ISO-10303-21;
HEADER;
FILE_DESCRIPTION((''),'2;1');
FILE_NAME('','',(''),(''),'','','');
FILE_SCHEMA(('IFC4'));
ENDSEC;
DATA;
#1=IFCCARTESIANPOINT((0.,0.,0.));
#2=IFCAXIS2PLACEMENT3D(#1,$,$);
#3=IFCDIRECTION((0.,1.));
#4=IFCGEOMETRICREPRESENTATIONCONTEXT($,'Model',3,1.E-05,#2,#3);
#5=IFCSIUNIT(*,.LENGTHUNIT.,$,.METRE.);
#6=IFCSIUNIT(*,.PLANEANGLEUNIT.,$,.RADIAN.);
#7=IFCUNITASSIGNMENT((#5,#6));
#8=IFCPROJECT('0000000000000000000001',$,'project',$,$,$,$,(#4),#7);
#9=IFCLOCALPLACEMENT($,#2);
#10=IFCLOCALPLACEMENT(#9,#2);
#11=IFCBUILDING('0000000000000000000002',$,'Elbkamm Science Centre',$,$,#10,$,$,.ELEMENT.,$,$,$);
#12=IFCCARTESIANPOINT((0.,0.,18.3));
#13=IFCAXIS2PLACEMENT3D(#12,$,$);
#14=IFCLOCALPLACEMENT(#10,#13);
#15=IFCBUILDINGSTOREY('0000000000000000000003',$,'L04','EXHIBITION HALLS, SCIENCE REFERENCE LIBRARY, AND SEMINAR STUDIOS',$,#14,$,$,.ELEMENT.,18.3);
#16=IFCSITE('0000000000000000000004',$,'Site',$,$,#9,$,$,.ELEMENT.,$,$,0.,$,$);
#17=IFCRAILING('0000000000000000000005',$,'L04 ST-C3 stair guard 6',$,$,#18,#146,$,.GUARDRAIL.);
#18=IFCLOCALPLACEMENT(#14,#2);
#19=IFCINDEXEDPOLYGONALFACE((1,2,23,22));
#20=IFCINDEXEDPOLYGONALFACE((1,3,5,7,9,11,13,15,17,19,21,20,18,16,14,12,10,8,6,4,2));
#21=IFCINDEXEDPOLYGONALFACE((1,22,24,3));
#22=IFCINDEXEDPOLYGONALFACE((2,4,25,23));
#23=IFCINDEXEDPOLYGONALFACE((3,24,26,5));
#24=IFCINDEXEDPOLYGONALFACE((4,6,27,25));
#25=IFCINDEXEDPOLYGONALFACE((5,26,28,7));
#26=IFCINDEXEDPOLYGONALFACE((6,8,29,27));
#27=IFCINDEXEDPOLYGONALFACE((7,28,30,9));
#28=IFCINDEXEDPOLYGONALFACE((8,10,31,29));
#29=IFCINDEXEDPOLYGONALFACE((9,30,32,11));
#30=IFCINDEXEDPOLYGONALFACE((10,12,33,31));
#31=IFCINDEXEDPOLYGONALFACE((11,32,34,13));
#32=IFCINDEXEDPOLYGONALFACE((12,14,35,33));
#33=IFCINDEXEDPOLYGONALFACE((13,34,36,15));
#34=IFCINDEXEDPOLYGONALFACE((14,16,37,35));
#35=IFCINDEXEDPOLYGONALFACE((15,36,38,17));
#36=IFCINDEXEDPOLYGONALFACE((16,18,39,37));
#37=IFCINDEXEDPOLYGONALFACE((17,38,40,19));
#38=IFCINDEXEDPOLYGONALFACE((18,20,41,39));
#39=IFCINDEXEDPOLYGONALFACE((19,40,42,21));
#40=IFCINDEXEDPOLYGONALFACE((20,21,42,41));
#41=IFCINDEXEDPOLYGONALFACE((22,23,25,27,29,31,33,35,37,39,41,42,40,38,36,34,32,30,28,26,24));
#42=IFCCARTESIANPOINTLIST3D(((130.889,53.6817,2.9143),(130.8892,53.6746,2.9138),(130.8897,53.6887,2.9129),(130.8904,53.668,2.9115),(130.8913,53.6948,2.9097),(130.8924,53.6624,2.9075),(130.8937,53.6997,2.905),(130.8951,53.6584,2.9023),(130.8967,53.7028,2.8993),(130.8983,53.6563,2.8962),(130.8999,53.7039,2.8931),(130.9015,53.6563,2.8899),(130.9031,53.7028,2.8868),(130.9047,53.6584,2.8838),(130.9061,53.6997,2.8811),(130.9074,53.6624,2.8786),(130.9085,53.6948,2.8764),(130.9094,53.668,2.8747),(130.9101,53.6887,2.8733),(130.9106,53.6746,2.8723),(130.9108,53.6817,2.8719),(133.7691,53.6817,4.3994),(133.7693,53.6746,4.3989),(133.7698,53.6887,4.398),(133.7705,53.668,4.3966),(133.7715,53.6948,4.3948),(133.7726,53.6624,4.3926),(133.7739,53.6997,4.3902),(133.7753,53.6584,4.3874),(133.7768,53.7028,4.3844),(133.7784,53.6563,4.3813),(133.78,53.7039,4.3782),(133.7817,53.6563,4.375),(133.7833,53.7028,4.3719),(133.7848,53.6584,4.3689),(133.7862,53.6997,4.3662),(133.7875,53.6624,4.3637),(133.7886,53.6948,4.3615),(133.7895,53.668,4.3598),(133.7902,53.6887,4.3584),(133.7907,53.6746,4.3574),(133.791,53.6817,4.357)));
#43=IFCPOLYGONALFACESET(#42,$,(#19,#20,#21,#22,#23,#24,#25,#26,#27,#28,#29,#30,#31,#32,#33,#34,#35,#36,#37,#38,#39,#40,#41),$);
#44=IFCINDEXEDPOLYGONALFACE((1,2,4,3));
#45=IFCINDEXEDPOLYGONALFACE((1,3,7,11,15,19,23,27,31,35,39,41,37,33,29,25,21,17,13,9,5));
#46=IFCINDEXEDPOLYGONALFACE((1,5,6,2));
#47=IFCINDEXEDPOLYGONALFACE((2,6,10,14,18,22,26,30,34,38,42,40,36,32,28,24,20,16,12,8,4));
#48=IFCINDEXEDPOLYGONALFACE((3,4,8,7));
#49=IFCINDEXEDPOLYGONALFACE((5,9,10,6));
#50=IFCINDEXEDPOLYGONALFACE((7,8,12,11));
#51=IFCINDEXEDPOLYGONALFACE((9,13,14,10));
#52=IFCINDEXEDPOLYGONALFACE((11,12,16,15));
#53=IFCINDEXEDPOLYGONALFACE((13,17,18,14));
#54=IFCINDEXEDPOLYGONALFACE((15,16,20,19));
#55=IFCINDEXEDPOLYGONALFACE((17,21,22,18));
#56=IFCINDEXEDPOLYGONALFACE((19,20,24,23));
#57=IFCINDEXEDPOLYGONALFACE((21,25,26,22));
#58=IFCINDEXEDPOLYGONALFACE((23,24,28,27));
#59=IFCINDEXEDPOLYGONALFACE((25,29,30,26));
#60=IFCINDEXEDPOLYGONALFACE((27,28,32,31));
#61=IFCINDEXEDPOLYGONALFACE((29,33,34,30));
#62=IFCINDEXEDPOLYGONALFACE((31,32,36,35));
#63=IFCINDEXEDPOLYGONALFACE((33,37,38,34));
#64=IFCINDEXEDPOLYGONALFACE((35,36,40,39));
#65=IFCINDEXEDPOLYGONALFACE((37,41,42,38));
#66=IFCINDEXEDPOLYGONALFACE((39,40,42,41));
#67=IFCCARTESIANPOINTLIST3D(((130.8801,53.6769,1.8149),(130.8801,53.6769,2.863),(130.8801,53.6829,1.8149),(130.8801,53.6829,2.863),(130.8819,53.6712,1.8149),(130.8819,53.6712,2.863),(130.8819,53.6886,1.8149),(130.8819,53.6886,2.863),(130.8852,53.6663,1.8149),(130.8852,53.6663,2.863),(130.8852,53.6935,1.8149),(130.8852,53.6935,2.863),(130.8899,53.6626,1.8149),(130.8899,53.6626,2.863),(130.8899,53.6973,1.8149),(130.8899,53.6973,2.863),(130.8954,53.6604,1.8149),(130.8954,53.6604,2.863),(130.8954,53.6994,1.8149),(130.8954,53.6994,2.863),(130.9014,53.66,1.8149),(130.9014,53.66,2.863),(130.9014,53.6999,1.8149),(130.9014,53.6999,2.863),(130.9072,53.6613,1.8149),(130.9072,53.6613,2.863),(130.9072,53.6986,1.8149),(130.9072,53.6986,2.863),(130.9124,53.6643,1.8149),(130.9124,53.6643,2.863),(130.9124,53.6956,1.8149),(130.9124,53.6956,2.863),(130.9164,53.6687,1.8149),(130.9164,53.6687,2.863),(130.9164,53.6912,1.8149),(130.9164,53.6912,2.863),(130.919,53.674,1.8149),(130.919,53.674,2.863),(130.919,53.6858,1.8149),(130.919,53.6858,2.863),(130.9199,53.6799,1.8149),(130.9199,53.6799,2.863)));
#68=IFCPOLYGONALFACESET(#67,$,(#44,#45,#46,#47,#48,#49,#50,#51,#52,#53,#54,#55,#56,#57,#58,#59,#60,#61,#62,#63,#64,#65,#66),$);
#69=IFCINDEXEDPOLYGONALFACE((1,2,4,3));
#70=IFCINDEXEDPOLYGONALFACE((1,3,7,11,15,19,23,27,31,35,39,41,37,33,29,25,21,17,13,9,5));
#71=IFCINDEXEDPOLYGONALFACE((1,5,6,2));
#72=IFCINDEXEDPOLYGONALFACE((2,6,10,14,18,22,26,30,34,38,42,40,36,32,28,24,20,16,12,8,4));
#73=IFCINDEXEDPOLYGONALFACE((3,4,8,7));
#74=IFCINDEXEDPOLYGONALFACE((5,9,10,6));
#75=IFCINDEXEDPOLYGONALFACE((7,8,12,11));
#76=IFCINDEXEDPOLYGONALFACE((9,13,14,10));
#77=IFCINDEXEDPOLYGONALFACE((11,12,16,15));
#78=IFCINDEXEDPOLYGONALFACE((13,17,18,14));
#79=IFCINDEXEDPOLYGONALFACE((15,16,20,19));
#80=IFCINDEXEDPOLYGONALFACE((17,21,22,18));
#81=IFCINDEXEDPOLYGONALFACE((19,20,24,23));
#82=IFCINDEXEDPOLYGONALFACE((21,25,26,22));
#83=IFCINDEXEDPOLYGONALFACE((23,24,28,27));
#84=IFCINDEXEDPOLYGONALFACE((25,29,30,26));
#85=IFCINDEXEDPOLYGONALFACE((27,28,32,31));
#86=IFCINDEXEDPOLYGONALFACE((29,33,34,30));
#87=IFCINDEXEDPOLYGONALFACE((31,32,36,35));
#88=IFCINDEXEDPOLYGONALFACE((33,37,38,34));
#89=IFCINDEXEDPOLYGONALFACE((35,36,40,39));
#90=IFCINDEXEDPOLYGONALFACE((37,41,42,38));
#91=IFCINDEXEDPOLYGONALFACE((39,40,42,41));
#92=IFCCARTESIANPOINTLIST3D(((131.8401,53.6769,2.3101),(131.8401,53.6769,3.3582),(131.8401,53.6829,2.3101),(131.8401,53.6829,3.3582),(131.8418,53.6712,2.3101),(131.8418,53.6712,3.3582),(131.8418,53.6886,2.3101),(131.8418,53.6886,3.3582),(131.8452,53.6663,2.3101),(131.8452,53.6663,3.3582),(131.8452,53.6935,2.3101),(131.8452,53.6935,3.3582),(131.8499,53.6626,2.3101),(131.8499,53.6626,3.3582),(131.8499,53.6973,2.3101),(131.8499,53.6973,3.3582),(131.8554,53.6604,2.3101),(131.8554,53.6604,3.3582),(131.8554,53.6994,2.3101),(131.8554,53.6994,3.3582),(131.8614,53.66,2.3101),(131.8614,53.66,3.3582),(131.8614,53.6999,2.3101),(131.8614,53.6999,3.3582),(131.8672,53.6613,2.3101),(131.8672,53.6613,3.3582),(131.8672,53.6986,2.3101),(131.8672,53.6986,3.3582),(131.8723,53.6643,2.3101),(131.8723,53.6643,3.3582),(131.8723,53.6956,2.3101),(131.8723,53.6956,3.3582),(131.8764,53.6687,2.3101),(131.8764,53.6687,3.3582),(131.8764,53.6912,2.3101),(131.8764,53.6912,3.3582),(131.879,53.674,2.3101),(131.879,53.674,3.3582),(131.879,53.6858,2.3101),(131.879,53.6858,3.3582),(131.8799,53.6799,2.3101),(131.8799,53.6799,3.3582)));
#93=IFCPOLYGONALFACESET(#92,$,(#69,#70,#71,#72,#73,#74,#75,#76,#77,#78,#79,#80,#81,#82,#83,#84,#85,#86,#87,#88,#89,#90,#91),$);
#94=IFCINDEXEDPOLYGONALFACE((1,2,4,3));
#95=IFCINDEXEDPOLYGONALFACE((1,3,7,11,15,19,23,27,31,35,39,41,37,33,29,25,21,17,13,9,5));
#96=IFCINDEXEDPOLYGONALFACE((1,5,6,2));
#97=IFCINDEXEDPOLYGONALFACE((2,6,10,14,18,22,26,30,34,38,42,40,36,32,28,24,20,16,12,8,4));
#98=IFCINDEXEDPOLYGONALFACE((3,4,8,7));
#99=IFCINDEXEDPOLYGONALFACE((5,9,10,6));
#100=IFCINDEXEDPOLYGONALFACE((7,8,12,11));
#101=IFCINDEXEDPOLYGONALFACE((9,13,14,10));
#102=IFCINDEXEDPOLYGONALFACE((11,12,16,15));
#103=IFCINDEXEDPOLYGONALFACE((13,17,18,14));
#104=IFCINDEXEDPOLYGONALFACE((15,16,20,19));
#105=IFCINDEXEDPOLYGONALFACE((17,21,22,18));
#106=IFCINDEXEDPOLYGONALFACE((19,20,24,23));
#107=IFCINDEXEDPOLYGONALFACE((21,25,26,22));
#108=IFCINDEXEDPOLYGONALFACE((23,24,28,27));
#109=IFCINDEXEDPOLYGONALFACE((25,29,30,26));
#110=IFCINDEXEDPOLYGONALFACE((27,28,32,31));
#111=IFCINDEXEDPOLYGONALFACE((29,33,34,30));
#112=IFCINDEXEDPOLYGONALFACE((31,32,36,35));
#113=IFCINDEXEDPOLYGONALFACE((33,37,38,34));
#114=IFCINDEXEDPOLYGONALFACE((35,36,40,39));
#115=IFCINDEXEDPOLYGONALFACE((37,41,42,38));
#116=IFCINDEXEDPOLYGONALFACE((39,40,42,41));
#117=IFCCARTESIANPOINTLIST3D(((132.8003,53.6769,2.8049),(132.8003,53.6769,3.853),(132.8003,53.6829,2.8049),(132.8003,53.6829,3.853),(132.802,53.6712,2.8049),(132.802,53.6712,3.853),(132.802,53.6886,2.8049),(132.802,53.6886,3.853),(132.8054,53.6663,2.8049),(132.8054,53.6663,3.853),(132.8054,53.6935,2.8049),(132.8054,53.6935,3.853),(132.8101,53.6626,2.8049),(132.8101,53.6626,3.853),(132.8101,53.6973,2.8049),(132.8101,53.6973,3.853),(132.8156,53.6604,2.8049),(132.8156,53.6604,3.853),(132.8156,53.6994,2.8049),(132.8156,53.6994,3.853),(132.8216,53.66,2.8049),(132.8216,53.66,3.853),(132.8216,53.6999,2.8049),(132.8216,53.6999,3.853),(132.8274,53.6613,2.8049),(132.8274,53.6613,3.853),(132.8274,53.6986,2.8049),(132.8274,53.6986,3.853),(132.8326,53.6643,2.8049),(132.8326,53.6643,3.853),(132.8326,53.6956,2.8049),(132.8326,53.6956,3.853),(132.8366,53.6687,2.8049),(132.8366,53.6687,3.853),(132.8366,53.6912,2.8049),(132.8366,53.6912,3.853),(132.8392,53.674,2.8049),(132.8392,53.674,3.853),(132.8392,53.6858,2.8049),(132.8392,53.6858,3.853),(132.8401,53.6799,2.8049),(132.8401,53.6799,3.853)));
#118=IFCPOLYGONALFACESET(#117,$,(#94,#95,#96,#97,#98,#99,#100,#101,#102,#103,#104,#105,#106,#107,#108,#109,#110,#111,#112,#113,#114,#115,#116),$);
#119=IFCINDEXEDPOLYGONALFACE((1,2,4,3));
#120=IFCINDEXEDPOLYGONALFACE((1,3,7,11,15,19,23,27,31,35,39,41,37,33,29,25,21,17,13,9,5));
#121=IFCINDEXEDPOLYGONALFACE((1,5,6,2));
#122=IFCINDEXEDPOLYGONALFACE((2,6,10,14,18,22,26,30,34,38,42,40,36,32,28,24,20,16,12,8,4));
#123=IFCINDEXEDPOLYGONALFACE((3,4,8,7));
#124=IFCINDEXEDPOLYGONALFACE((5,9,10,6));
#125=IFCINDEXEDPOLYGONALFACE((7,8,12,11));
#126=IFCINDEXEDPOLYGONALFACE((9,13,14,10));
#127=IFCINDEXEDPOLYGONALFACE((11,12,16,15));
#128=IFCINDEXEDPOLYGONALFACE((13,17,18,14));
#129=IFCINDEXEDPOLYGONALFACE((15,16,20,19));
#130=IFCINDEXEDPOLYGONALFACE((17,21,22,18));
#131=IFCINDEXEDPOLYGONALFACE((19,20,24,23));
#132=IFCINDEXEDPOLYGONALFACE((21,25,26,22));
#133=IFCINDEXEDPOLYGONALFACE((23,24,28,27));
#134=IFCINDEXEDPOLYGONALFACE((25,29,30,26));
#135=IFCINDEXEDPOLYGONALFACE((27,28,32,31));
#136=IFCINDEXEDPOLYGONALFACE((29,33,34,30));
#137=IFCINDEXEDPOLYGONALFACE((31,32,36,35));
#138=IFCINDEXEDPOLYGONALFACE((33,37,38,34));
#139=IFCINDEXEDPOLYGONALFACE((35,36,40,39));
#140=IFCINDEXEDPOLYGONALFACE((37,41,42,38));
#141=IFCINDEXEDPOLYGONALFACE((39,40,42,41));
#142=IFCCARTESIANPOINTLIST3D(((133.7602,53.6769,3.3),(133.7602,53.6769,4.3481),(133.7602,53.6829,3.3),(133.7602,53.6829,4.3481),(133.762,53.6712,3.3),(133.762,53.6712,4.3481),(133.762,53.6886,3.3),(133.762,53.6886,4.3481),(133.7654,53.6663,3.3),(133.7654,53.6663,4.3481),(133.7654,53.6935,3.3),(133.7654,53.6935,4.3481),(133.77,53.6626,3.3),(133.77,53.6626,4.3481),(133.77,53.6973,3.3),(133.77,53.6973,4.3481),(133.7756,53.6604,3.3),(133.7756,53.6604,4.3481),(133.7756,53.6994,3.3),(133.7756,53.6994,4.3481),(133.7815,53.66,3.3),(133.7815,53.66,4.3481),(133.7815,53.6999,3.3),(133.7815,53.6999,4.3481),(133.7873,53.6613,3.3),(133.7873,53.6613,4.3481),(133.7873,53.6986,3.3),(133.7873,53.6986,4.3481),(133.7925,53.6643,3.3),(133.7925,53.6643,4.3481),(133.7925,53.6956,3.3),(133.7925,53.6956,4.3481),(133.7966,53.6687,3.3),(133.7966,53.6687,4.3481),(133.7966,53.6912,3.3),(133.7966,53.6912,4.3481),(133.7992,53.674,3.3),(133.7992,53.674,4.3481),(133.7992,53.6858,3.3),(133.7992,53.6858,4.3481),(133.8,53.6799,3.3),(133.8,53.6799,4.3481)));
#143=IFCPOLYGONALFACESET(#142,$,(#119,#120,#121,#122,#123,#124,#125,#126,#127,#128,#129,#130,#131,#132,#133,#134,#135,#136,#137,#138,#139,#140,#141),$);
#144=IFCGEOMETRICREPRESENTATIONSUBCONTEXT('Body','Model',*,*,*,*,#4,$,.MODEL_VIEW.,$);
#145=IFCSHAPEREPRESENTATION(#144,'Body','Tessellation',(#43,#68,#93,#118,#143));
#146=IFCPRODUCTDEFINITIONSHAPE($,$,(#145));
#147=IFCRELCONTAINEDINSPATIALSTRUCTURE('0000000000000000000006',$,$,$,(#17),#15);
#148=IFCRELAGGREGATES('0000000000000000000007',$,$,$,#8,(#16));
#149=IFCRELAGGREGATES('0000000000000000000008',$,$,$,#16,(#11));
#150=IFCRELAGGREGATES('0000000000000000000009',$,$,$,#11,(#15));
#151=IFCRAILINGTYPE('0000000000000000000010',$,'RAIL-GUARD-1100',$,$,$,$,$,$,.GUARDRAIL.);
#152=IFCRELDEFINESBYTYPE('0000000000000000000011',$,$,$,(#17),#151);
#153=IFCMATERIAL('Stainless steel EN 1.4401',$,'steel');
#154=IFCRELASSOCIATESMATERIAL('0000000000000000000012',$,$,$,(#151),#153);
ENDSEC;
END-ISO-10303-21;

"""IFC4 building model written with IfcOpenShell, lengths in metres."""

from ifc_helpers import new_model, si_unit, direction, frame, origin, origin_2d, place, context, subcontext, project, spatial, circle, extrude, material, type_object, element, save


model = new_model("IFC4")

# Units and contexts
model_context = context("Model", 3, precision=1e-05, world=origin(), true_north=direction((0.0, 1.0)))
body_context = subcontext(model_context, "Body", "Model", "MODEL_VIEW")
ifc_project = project(units=[si_unit("LENGTHUNIT", "METRE"), si_unit("PLANEANGLEUNIT", "RADIAN")], contexts=[model_context])

# Site, building, storey
site_placement = place(None, origin())
site = spatial("IfcSite", under=ifc_project, at=site_placement, Name="Site", CompositionType="ELEMENT", RefElevation=0.0)
building_placement = place(site_placement, origin())
building = spatial("IfcBuilding", under=site, at=building_placement, Name="Elbkamm Science Centre", CompositionType="ELEMENT")
storey_placement = place(building_placement, frame((0.0, 0.0, 18.3)))
storey = spatial("IfcBuildingStorey", under=building, at=storey_placement, Name="L04", Description="EXHIBITION HALLS, SCIENCE REFERENCE LIBRARY, AND SEMINAR STUDIOS", CompositionType="ELEMENT", Elevation=18.3)

# Railing
ifc_material_1 = material(Name="Stainless steel EN 1.4401", Category="steel")
railing_type_1 = type_object("IfcRailingType", Name="RAIL-GUARD-1100", PredefinedType="GUARDRAIL", material=ifc_material_1)
railing_1_placement = place(storey_placement, frame((130.8999, 53.6799, 1.8149)))
element("IfcRailing", 1, at=railing_1_placement, inside=storey, type_object=railing_type_1, Name="L04 ST-C3 stair guard 6", PredefinedType="GUARDRAIL", context=body_context, shape_type="SweptSolid", body=[
    extrude(circle(Radius=0.0239, at=origin_2d()), frame((0.0, 0.0, 1.0781), z_axis=(0.888798, 0.0, 0.458299), x_axis=(0.0, 1.0, 0.0)), (0.0, 0.0, 1.0), 3.2405),
    extrude(circle(Radius=0.02, at=origin_2d()), origin(), (0.0, 0.0, 1.0), 1.0481),
    extrude(circle(Radius=0.02, at=origin_2d()), frame((0.96, 0.0, 0.4951)), (0.0, 0.0, 1.0), 1.0481),
    extrude(circle(Radius=0.02, at=origin_2d()), frame((1.9202, 0.0, 0.99)), (0.0, 0.0, 1.0), 1.0481),
    extrude(circle(Radius=0.02, at=origin_2d()), frame((2.8801, 0.0, 1.4851)), (0.0, 0.0, 1.0), 1.0481),
])

save(model, "model.ifc")
